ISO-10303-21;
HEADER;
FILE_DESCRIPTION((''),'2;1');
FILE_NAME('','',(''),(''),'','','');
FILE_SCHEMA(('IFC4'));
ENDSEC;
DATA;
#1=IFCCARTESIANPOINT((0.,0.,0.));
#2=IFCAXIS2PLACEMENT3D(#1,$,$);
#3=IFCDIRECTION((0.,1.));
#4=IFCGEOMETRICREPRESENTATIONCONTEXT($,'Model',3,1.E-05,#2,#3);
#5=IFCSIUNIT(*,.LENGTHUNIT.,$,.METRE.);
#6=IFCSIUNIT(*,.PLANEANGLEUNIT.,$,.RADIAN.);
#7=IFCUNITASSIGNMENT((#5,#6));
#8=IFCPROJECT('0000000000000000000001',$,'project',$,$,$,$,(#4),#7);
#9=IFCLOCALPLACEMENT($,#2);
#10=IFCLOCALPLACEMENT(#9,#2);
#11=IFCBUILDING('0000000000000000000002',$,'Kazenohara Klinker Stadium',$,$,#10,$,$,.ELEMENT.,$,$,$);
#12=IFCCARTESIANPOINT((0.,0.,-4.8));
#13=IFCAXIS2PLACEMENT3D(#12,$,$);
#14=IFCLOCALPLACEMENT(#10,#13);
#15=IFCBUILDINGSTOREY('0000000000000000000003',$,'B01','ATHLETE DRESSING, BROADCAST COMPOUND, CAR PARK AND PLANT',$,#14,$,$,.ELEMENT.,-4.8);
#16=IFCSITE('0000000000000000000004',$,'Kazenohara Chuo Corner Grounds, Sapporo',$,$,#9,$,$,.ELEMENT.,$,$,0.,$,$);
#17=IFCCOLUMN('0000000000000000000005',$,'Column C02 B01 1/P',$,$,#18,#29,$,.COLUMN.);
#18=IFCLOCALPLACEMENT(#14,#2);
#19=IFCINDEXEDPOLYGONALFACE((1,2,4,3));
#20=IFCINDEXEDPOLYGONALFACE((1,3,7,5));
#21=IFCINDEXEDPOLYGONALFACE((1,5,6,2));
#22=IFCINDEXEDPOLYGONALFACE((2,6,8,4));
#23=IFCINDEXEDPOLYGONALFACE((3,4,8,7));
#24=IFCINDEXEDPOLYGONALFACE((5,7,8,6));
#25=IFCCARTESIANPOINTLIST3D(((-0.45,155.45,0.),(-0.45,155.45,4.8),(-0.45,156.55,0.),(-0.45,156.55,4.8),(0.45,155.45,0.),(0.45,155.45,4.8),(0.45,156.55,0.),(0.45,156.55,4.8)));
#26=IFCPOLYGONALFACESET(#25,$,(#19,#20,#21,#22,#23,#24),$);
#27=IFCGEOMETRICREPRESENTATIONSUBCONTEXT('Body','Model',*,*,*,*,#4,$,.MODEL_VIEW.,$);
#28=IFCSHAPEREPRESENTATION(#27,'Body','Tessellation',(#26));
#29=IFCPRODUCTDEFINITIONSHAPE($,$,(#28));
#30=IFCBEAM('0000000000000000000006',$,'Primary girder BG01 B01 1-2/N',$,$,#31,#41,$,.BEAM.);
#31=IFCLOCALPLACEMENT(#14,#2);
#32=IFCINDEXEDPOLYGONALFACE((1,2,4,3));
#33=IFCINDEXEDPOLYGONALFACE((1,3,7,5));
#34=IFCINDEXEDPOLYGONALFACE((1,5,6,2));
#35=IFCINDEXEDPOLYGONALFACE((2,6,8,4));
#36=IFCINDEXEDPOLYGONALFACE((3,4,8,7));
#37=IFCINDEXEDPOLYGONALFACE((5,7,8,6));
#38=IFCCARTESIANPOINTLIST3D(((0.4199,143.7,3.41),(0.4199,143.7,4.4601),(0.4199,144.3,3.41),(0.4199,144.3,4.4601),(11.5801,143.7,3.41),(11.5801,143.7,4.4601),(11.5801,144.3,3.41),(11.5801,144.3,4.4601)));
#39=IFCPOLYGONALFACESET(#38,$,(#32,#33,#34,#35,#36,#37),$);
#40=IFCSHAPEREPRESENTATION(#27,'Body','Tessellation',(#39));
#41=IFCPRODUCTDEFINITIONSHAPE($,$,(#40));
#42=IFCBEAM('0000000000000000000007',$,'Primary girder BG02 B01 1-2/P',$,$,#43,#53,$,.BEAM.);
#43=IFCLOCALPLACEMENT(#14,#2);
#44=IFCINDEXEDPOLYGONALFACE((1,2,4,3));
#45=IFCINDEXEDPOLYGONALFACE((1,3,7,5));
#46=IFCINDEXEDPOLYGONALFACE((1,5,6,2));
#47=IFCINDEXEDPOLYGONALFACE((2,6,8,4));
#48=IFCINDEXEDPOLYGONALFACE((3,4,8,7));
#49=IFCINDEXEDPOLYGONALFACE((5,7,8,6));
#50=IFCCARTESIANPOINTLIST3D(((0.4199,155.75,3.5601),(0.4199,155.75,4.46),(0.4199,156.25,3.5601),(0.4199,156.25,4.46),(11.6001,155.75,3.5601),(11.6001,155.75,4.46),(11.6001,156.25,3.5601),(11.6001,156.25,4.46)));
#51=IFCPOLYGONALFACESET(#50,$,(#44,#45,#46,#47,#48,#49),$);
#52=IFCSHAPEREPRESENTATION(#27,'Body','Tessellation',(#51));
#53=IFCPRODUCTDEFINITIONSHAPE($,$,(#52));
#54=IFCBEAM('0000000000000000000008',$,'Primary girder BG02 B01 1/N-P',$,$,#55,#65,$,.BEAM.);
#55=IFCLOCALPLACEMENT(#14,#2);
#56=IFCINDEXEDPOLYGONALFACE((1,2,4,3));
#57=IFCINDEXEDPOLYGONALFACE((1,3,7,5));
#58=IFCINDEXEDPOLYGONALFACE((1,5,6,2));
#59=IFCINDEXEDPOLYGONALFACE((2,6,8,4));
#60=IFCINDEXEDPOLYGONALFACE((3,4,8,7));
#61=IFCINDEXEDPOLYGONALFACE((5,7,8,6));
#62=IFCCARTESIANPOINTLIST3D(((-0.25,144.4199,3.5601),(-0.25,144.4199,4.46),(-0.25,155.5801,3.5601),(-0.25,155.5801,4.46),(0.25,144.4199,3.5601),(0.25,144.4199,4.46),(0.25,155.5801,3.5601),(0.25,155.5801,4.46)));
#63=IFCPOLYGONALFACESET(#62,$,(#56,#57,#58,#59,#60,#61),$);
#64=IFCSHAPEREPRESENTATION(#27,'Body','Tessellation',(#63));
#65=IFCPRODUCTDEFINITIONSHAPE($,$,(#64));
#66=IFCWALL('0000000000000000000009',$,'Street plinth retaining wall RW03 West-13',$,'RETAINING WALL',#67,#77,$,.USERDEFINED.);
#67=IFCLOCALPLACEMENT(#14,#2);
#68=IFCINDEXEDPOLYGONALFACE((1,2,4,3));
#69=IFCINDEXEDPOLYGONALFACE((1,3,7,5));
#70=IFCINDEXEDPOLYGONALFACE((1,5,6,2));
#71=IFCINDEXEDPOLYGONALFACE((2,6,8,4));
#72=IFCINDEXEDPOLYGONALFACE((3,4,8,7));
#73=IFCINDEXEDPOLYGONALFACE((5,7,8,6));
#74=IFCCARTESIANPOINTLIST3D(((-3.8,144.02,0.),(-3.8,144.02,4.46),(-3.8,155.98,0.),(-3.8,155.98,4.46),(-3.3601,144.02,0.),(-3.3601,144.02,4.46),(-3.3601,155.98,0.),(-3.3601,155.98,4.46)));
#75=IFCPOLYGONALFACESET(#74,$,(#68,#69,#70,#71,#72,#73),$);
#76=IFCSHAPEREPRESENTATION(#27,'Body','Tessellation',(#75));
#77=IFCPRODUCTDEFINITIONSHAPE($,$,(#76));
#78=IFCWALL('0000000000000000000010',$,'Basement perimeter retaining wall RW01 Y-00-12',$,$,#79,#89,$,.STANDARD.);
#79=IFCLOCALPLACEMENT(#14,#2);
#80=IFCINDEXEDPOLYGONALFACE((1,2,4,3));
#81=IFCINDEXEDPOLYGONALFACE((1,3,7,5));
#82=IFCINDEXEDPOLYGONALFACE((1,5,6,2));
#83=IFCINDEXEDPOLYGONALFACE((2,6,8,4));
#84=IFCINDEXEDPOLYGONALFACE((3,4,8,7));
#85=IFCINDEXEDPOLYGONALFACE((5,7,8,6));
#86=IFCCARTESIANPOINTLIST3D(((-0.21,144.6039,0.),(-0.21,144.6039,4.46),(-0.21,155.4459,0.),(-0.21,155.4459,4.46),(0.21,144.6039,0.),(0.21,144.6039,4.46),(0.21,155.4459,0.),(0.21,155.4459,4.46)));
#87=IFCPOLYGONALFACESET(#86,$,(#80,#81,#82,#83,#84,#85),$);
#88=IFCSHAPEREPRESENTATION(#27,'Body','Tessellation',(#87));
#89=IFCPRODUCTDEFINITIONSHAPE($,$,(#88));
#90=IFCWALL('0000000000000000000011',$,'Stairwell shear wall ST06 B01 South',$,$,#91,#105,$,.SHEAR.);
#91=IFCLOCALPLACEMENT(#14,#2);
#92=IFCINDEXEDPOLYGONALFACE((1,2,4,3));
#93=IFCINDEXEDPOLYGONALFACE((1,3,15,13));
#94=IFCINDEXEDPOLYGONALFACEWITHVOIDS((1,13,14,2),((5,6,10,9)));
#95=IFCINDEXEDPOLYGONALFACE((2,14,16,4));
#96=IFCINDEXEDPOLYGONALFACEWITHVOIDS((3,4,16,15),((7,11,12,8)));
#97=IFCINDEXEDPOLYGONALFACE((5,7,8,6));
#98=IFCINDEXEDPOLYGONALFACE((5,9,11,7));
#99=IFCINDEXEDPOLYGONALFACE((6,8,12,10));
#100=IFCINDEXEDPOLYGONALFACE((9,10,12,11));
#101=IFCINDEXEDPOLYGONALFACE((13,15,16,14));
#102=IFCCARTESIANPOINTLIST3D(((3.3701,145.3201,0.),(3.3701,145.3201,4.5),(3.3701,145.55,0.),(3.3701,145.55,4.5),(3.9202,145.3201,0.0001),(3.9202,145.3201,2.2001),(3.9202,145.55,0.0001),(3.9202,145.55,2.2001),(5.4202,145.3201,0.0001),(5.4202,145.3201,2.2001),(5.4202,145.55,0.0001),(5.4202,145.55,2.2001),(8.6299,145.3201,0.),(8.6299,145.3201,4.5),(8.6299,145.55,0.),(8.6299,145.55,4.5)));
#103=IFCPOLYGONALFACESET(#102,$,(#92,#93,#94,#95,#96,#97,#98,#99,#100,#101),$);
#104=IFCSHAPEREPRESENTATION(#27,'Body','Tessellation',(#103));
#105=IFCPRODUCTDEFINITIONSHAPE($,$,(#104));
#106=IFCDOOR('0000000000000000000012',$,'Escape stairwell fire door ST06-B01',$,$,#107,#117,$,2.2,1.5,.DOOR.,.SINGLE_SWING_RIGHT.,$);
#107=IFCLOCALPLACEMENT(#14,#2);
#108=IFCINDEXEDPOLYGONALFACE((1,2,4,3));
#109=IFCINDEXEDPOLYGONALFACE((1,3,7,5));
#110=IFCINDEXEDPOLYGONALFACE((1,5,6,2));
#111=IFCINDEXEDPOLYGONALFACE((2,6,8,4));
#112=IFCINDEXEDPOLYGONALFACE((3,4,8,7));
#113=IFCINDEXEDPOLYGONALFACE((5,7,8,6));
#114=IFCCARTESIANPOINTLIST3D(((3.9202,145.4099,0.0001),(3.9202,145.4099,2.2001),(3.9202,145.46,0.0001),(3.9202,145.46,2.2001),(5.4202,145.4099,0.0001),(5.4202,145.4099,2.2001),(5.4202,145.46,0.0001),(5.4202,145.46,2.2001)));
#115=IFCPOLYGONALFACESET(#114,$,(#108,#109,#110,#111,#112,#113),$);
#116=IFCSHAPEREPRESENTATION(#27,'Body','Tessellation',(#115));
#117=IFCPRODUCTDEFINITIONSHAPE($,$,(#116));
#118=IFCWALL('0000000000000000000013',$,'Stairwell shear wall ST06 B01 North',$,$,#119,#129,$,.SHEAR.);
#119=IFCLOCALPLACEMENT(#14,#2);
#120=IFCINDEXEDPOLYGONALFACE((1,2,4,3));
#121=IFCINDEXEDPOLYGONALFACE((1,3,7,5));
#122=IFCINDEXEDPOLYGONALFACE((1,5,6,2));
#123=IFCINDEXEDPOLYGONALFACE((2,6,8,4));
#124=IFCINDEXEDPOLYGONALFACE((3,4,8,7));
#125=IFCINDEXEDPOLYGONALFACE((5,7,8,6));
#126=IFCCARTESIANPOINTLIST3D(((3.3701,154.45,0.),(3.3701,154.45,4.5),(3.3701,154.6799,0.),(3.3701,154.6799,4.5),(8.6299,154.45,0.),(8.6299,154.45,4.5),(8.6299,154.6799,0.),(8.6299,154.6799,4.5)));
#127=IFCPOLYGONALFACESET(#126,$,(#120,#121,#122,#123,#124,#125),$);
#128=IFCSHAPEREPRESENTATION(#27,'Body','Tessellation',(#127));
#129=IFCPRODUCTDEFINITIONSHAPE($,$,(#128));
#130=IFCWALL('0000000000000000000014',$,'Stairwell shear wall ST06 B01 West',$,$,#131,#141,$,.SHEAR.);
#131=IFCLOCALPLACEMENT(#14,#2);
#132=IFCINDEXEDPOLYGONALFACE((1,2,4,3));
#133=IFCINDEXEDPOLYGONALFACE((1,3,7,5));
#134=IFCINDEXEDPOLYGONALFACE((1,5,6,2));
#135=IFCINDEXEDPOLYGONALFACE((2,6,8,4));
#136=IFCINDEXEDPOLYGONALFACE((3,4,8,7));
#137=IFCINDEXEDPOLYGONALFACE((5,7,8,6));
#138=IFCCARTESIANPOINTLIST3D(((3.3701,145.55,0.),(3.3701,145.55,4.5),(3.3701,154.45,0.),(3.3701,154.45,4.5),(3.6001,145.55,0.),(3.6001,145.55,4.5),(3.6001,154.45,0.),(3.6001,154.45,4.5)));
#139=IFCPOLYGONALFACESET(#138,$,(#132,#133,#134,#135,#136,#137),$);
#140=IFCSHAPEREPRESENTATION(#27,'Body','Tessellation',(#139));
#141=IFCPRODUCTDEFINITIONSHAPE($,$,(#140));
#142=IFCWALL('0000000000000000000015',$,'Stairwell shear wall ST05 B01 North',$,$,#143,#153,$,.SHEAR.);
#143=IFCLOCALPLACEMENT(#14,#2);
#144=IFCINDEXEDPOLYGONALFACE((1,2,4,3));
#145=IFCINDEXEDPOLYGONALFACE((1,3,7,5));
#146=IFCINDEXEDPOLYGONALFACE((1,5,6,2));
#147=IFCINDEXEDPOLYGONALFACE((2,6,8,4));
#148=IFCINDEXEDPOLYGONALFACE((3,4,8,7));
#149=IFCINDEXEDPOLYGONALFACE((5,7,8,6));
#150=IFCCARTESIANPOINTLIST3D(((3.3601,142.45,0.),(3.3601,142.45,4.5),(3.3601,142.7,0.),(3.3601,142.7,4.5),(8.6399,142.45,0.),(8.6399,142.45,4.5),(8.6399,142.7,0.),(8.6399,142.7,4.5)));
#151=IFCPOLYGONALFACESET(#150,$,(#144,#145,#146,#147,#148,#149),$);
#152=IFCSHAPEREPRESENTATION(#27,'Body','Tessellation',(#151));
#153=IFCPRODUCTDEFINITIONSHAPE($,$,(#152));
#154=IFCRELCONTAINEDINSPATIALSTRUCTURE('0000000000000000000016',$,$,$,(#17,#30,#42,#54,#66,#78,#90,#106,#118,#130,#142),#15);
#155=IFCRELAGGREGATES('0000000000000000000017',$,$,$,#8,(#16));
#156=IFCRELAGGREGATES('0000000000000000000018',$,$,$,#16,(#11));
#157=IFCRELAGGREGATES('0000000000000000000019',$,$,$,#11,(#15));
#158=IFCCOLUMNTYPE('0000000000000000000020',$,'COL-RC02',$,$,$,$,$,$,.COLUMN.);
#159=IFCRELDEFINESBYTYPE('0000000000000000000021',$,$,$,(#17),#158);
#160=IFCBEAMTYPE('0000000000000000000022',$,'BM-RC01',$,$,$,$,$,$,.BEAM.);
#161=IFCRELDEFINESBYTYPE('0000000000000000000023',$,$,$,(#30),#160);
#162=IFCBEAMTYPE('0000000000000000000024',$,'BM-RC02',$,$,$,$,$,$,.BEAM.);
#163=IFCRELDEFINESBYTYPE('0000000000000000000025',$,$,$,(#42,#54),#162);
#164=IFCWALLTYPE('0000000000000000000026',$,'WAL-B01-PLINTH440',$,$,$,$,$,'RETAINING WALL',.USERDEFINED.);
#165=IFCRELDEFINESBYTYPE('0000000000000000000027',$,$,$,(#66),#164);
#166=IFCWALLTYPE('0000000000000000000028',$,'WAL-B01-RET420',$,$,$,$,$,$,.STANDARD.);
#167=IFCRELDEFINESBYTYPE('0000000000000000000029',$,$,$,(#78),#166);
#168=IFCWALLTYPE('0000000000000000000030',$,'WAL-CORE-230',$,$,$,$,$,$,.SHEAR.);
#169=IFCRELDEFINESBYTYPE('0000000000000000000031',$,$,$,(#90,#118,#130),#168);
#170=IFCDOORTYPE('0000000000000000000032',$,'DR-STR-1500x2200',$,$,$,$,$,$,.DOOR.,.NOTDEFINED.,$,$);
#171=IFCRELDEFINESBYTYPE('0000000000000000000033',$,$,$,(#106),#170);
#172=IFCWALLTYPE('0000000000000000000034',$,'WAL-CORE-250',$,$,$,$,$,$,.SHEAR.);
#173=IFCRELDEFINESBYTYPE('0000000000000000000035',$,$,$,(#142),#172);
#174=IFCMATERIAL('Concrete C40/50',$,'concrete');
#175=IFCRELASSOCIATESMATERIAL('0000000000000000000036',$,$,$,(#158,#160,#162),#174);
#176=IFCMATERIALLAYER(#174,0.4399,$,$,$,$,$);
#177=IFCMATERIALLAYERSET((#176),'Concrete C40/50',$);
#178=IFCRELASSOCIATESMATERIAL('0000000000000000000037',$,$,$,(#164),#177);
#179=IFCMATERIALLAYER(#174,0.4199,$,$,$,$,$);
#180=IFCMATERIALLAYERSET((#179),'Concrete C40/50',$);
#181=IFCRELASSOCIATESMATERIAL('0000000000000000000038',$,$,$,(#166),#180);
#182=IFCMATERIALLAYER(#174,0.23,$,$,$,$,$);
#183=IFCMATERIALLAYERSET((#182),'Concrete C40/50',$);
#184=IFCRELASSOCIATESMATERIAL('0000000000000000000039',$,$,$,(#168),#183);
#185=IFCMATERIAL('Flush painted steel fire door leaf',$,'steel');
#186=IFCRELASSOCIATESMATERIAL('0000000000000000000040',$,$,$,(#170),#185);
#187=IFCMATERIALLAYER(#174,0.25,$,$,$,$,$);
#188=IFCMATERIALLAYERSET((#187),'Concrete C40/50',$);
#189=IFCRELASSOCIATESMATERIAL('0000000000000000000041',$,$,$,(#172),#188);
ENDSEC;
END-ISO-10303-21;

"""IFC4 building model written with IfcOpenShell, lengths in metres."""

from ifc_helpers import new_model, si_unit, direction, frame, frame_2d, origin, origin_2d, place, context, subcontext, project, spatial, rectangle, extrude, material, layer, layer_set, material_profile, profile_set, type_object, element, fill, save


model = new_model("IFC4")

# Units and contexts
model_context = context("Model", 3, precision=1e-05, world=origin(), true_north=direction((0.0, 1.0)))
body_context = subcontext(model_context, "Body", "Model", "MODEL_VIEW")
ifc_project = project(units=[si_unit("LENGTHUNIT", "METRE"), si_unit("PLANEANGLEUNIT", "RADIAN")], contexts=[model_context])

# Site, building, storey
site_placement = place(None, origin())
site = spatial("IfcSite", under=ifc_project, at=site_placement, Name="Kazenohara Chuo Corner Grounds, Sapporo", CompositionType="ELEMENT", RefElevation=0.0)
building_placement = place(site_placement, origin())
building = spatial("IfcBuilding", under=site, at=building_placement, Name="Kazenohara Klinker Stadium", CompositionType="ELEMENT")
storey_placement = place(building_placement, frame((0.0, 0.0, -4.8)))
storey = spatial("IfcBuildingStorey", under=building, at=storey_placement, Name="B01", Description="ATHLETE DRESSING, BROADCAST COMPOUND, CAR PARK AND PLANT", CompositionType="ELEMENT", Elevation=-4.8)

# Column
ifc_material_1 = material(Name="Concrete C40/50", Category="concrete")
ifc_material_profile_1 = material_profile(ifc_material_1, rectangle(XDim=0.8999, YDim=1.1001, at=origin_2d()), Name="RC-COL-1100x900")
ifc_profile_set_1 = profile_set([ifc_material_profile_1], Name="Concrete C40/50")
column_type_1 = type_object("IfcColumnType", Name="COL-RC02", PredefinedType="COLUMN", material=ifc_profile_set_1)
column_1_placement = place(storey_placement, frame((0.0, 156.0, 0.0), z_axis=(0.0, 0.0, 1.0), x_axis=(1.0, 0.0, 0.0)))
element("IfcColumn", 1, at=column_1_placement, inside=storey, type_object=column_type_1, Name="Column C02 B01 1/P", PredefinedType="COLUMN", context=body_context, shape_type="SweptSolid", body=[
    extrude(rectangle(XDim=0.8999, YDim=1.1001, at=origin_2d()), origin(), (0.0, 0.0, 1.0), 4.8),
])

# Beams
ifc_material_profile_2 = material_profile(ifc_material_1, rectangle(XDim=0.6001, YDim=1.05, at=origin_2d()), Name="RC-BM-600x1050")
ifc_profile_set_2 = profile_set([ifc_material_profile_2], Name="Concrete C40/50")
beam_type_1 = type_object("IfcBeamType", Name="BM-RC01", PredefinedType="BEAM", material=ifc_profile_set_2)
beam_1_placement = place(storey_placement, frame((0.4199, 144.0, 3.9351), z_axis=(1.0, 0.0, 0.0), x_axis=(0.0, 1.0, 0.0)))
element("IfcBeam", 2, at=beam_1_placement, inside=storey, type_object=beam_type_1, Name="Primary girder BG01 B01 1-2/N", PredefinedType="BEAM", context=body_context, shape_type="SweptSolid", body=[
    extrude(rectangle(XDim=0.6001, YDim=1.05, at=origin_2d()), origin(), (0.0, 0.0, 1.0), 11.1602),
])
ifc_material_profile_3 = material_profile(ifc_material_1, rectangle(XDim=0.5, YDim=0.8999, at=origin_2d()), Name="RC-BM-500x900")
ifc_profile_set_3 = profile_set([ifc_material_profile_3], Name="Concrete C40/50")
beam_type_2 = type_object("IfcBeamType", Name="BM-RC02", PredefinedType="BEAM", material=ifc_profile_set_3)
beam_2_placement = place(storey_placement, frame((0.4199, 156.0, 4.01), z_axis=(1.0, 0.0, 0.0), x_axis=(0.0, 1.0, 0.0)))
element("IfcBeam", 3, at=beam_2_placement, inside=storey, type_object=beam_type_2, Name="Primary girder BG02 B01 1-2/P", PredefinedType="BEAM", context=body_context, shape_type="SweptSolid", body=[
    extrude(rectangle(XDim=0.5, YDim=0.8999, at=origin_2d()), origin(), (0.0, 0.0, 1.0), 11.1802),
])
beam_3_placement = place(storey_placement, frame((0.0, 144.4199, 4.01), z_axis=(0.0, 1.0, 0.0), x_axis=(-1.0, 0.0, 0.0)))
element("IfcBeam", 4, at=beam_3_placement, inside=storey, type_object=beam_type_2, Name="Primary girder BG02 B01 1/N-P", PredefinedType="BEAM", context=body_context, shape_type="SweptSolid", body=[
    extrude(rectangle(XDim=0.5, YDim=0.8999, at=origin_2d()), origin(), (0.0, 0.0, 1.0), 11.1602),
])

# Walls
ifc_layer_1 = layer(ifc_material_1, 0.4399)
ifc_layer_set_1 = layer_set([ifc_layer_1], Name="Concrete C40/50")
wall_type_1 = type_object("IfcWallType", Name="WAL-B01-PLINTH440", ElementType="RETAINING WALL", PredefinedType="USERDEFINED", material=ifc_layer_set_1)
wall_1_placement = place(storey_placement, frame((-3.5801, 144.02, 0.0), z_axis=(0.0, 0.0, 1.0), x_axis=(0.0, 1.0, 0.0)))
element("IfcWall", 5, at=wall_1_placement, inside=storey, type_object=wall_type_1, Name="Street plinth retaining wall RW03 West-13", ObjectType="RETAINING WALL", PredefinedType="USERDEFINED", context=body_context, shape_type="SweptSolid", body=[
    extrude(rectangle(XDim=11.96, YDim=0.4399, at=frame_2d((5.98, 0.0))), origin(), (0.0, 0.0, 1.0), 4.46),
])
ifc_layer_2 = layer(ifc_material_1, 0.4199)
ifc_layer_set_2 = layer_set([ifc_layer_2], Name="Concrete C40/50")
wall_type_2 = type_object("IfcWallType", Name="WAL-B01-RET420", PredefinedType="STANDARD", material=ifc_layer_set_2)
wall_2_placement = place(storey_placement, frame((0.0, 144.604, 0.0), z_axis=(0.0, 0.0, 1.0), x_axis=(0.0, 1.0, 0.0)))
element("IfcWall", 6, at=wall_2_placement, inside=storey, type_object=wall_type_2, Name="Basement perimeter retaining wall RW01 Y-00-12", PredefinedType="STANDARD", context=body_context, shape_type="SweptSolid", body=[
    extrude(rectangle(XDim=10.842, YDim=0.4199, at=frame_2d((5.4209, 0.0))), origin(), (0.0, 0.0, 1.0), 4.46),
])

# Wall, opening, door
ifc_layer_3 = layer(ifc_material_1, 0.23)
ifc_layer_set_3 = layer_set([ifc_layer_3], Name="Concrete C40/50")
wall_type_3 = type_object("IfcWallType", Name="WAL-CORE-230", PredefinedType="SHEAR", material=ifc_layer_set_3)
wall_3_placement = place(storey_placement, frame((3.3701, 145.4351, 0.0), z_axis=(0.0, 0.0, 1.0), x_axis=(1.0, 0.0, 0.0)))
wall_3 = element("IfcWall", 7, at=wall_3_placement, inside=storey, type_object=wall_type_3, Name="Stairwell shear wall ST06 B01 South", PredefinedType="SHEAR", context=body_context, shape_type="SweptSolid", body=[
    extrude(rectangle(XDim=5.2598, YDim=0.23, at=frame_2d((2.6299, 0.0))), origin(), (0.0, 0.0, 1.0), 4.5),
])
opening_placement = place(wall_3_placement, frame((0.55, 0.0, 0.0)))
opening = element("IfcOpeningElement", 8, at=opening_placement, cuts=wall_3, PredefinedType="OPENING", context=body_context, shape_type="SweptSolid", body=[
    extrude(rectangle(XDim=1.5, YDim=2.2, at=frame_2d((0.75, 1.1001))), frame((0.0, 0.125, 0.0), z_axis=(0.0, -1.0, 0.0), x_axis=(1.0, 0.0, 0.0)), (0.0, 0.0, 1.0), 0.25),
])
ifc_material_2 = material(Name="Flush painted steel fire door leaf", Category="steel")
door_type = type_object("IfcDoorType", Name="DR-STR-1500x2200", OperationType="NOTDEFINED", PredefinedType="DOOR", material=ifc_material_2)
door_placement = place(opening_placement, origin())
door = element("IfcDoor", 9, at=door_placement, inside=storey, type_object=door_type, Name="Escape stairwell fire door ST06-B01", OperationType="SINGLE_SWING_RIGHT", OverallHeight=2.2, OverallWidth=1.5, PredefinedType="DOOR", context=body_context, shape_type="SweptSolid", body=[
    extrude(rectangle(XDim=1.5, YDim=2.2, at=frame_2d((0.75, 1.1001))), frame((0.0, 0.0249, 0.0), z_axis=(0.0, -1.0, 0.0), x_axis=(1.0, 0.0, 0.0)), (0.0, 0.0, 1.0), 0.05),
])
fill(opening, door)

# Walls
wall_4_placement = place(storey_placement, frame((3.3701, 154.5649, 0.0), z_axis=(0.0, 0.0, 1.0), x_axis=(1.0, 0.0, 0.0)))
element("IfcWall", 10, at=wall_4_placement, inside=storey, type_object=wall_type_3, Name="Stairwell shear wall ST06 B01 North", PredefinedType="SHEAR", context=body_context, shape_type="SweptSolid", body=[
    extrude(rectangle(XDim=5.2598, YDim=0.23, at=frame_2d((2.6299, 0.0))), origin(), (0.0, 0.0, 1.0), 4.5),
])
wall_5_placement = place(storey_placement, frame((3.4851, 145.55, 0.0), z_axis=(0.0, 0.0, 1.0), x_axis=(0.0, 1.0, 0.0)))
element("IfcWall", 11, at=wall_5_placement, inside=storey, type_object=wall_type_3, Name="Stairwell shear wall ST06 B01 West", PredefinedType="SHEAR", context=body_context, shape_type="SweptSolid", body=[
    extrude(rectangle(XDim=8.8999, YDim=0.23, at=frame_2d((4.45, 0.0))), origin(), (0.0, 0.0, 1.0), 4.5),
])
ifc_layer_4 = layer(ifc_material_1, 0.25)
ifc_layer_set_4 = layer_set([ifc_layer_4], Name="Concrete C40/50")
wall_type_4 = type_object("IfcWallType", Name="WAL-CORE-250", PredefinedType="SHEAR", material=ifc_layer_set_4)
wall_6_placement = place(storey_placement, frame((3.3601, 142.575, 0.0), z_axis=(0.0, 0.0, 1.0), x_axis=(1.0, 0.0, 0.0)))
element("IfcWall", 12, at=wall_6_placement, inside=storey, type_object=wall_type_4, Name="Stairwell shear wall ST05 B01 North", PredefinedType="SHEAR", context=body_context, shape_type="SweptSolid", body=[
    extrude(rectangle(XDim=5.2798, YDim=0.25, at=frame_2d((2.6399, 0.0))), origin(), (0.0, 0.0, 1.0), 4.5),
])

save(model, "model.ifc")
